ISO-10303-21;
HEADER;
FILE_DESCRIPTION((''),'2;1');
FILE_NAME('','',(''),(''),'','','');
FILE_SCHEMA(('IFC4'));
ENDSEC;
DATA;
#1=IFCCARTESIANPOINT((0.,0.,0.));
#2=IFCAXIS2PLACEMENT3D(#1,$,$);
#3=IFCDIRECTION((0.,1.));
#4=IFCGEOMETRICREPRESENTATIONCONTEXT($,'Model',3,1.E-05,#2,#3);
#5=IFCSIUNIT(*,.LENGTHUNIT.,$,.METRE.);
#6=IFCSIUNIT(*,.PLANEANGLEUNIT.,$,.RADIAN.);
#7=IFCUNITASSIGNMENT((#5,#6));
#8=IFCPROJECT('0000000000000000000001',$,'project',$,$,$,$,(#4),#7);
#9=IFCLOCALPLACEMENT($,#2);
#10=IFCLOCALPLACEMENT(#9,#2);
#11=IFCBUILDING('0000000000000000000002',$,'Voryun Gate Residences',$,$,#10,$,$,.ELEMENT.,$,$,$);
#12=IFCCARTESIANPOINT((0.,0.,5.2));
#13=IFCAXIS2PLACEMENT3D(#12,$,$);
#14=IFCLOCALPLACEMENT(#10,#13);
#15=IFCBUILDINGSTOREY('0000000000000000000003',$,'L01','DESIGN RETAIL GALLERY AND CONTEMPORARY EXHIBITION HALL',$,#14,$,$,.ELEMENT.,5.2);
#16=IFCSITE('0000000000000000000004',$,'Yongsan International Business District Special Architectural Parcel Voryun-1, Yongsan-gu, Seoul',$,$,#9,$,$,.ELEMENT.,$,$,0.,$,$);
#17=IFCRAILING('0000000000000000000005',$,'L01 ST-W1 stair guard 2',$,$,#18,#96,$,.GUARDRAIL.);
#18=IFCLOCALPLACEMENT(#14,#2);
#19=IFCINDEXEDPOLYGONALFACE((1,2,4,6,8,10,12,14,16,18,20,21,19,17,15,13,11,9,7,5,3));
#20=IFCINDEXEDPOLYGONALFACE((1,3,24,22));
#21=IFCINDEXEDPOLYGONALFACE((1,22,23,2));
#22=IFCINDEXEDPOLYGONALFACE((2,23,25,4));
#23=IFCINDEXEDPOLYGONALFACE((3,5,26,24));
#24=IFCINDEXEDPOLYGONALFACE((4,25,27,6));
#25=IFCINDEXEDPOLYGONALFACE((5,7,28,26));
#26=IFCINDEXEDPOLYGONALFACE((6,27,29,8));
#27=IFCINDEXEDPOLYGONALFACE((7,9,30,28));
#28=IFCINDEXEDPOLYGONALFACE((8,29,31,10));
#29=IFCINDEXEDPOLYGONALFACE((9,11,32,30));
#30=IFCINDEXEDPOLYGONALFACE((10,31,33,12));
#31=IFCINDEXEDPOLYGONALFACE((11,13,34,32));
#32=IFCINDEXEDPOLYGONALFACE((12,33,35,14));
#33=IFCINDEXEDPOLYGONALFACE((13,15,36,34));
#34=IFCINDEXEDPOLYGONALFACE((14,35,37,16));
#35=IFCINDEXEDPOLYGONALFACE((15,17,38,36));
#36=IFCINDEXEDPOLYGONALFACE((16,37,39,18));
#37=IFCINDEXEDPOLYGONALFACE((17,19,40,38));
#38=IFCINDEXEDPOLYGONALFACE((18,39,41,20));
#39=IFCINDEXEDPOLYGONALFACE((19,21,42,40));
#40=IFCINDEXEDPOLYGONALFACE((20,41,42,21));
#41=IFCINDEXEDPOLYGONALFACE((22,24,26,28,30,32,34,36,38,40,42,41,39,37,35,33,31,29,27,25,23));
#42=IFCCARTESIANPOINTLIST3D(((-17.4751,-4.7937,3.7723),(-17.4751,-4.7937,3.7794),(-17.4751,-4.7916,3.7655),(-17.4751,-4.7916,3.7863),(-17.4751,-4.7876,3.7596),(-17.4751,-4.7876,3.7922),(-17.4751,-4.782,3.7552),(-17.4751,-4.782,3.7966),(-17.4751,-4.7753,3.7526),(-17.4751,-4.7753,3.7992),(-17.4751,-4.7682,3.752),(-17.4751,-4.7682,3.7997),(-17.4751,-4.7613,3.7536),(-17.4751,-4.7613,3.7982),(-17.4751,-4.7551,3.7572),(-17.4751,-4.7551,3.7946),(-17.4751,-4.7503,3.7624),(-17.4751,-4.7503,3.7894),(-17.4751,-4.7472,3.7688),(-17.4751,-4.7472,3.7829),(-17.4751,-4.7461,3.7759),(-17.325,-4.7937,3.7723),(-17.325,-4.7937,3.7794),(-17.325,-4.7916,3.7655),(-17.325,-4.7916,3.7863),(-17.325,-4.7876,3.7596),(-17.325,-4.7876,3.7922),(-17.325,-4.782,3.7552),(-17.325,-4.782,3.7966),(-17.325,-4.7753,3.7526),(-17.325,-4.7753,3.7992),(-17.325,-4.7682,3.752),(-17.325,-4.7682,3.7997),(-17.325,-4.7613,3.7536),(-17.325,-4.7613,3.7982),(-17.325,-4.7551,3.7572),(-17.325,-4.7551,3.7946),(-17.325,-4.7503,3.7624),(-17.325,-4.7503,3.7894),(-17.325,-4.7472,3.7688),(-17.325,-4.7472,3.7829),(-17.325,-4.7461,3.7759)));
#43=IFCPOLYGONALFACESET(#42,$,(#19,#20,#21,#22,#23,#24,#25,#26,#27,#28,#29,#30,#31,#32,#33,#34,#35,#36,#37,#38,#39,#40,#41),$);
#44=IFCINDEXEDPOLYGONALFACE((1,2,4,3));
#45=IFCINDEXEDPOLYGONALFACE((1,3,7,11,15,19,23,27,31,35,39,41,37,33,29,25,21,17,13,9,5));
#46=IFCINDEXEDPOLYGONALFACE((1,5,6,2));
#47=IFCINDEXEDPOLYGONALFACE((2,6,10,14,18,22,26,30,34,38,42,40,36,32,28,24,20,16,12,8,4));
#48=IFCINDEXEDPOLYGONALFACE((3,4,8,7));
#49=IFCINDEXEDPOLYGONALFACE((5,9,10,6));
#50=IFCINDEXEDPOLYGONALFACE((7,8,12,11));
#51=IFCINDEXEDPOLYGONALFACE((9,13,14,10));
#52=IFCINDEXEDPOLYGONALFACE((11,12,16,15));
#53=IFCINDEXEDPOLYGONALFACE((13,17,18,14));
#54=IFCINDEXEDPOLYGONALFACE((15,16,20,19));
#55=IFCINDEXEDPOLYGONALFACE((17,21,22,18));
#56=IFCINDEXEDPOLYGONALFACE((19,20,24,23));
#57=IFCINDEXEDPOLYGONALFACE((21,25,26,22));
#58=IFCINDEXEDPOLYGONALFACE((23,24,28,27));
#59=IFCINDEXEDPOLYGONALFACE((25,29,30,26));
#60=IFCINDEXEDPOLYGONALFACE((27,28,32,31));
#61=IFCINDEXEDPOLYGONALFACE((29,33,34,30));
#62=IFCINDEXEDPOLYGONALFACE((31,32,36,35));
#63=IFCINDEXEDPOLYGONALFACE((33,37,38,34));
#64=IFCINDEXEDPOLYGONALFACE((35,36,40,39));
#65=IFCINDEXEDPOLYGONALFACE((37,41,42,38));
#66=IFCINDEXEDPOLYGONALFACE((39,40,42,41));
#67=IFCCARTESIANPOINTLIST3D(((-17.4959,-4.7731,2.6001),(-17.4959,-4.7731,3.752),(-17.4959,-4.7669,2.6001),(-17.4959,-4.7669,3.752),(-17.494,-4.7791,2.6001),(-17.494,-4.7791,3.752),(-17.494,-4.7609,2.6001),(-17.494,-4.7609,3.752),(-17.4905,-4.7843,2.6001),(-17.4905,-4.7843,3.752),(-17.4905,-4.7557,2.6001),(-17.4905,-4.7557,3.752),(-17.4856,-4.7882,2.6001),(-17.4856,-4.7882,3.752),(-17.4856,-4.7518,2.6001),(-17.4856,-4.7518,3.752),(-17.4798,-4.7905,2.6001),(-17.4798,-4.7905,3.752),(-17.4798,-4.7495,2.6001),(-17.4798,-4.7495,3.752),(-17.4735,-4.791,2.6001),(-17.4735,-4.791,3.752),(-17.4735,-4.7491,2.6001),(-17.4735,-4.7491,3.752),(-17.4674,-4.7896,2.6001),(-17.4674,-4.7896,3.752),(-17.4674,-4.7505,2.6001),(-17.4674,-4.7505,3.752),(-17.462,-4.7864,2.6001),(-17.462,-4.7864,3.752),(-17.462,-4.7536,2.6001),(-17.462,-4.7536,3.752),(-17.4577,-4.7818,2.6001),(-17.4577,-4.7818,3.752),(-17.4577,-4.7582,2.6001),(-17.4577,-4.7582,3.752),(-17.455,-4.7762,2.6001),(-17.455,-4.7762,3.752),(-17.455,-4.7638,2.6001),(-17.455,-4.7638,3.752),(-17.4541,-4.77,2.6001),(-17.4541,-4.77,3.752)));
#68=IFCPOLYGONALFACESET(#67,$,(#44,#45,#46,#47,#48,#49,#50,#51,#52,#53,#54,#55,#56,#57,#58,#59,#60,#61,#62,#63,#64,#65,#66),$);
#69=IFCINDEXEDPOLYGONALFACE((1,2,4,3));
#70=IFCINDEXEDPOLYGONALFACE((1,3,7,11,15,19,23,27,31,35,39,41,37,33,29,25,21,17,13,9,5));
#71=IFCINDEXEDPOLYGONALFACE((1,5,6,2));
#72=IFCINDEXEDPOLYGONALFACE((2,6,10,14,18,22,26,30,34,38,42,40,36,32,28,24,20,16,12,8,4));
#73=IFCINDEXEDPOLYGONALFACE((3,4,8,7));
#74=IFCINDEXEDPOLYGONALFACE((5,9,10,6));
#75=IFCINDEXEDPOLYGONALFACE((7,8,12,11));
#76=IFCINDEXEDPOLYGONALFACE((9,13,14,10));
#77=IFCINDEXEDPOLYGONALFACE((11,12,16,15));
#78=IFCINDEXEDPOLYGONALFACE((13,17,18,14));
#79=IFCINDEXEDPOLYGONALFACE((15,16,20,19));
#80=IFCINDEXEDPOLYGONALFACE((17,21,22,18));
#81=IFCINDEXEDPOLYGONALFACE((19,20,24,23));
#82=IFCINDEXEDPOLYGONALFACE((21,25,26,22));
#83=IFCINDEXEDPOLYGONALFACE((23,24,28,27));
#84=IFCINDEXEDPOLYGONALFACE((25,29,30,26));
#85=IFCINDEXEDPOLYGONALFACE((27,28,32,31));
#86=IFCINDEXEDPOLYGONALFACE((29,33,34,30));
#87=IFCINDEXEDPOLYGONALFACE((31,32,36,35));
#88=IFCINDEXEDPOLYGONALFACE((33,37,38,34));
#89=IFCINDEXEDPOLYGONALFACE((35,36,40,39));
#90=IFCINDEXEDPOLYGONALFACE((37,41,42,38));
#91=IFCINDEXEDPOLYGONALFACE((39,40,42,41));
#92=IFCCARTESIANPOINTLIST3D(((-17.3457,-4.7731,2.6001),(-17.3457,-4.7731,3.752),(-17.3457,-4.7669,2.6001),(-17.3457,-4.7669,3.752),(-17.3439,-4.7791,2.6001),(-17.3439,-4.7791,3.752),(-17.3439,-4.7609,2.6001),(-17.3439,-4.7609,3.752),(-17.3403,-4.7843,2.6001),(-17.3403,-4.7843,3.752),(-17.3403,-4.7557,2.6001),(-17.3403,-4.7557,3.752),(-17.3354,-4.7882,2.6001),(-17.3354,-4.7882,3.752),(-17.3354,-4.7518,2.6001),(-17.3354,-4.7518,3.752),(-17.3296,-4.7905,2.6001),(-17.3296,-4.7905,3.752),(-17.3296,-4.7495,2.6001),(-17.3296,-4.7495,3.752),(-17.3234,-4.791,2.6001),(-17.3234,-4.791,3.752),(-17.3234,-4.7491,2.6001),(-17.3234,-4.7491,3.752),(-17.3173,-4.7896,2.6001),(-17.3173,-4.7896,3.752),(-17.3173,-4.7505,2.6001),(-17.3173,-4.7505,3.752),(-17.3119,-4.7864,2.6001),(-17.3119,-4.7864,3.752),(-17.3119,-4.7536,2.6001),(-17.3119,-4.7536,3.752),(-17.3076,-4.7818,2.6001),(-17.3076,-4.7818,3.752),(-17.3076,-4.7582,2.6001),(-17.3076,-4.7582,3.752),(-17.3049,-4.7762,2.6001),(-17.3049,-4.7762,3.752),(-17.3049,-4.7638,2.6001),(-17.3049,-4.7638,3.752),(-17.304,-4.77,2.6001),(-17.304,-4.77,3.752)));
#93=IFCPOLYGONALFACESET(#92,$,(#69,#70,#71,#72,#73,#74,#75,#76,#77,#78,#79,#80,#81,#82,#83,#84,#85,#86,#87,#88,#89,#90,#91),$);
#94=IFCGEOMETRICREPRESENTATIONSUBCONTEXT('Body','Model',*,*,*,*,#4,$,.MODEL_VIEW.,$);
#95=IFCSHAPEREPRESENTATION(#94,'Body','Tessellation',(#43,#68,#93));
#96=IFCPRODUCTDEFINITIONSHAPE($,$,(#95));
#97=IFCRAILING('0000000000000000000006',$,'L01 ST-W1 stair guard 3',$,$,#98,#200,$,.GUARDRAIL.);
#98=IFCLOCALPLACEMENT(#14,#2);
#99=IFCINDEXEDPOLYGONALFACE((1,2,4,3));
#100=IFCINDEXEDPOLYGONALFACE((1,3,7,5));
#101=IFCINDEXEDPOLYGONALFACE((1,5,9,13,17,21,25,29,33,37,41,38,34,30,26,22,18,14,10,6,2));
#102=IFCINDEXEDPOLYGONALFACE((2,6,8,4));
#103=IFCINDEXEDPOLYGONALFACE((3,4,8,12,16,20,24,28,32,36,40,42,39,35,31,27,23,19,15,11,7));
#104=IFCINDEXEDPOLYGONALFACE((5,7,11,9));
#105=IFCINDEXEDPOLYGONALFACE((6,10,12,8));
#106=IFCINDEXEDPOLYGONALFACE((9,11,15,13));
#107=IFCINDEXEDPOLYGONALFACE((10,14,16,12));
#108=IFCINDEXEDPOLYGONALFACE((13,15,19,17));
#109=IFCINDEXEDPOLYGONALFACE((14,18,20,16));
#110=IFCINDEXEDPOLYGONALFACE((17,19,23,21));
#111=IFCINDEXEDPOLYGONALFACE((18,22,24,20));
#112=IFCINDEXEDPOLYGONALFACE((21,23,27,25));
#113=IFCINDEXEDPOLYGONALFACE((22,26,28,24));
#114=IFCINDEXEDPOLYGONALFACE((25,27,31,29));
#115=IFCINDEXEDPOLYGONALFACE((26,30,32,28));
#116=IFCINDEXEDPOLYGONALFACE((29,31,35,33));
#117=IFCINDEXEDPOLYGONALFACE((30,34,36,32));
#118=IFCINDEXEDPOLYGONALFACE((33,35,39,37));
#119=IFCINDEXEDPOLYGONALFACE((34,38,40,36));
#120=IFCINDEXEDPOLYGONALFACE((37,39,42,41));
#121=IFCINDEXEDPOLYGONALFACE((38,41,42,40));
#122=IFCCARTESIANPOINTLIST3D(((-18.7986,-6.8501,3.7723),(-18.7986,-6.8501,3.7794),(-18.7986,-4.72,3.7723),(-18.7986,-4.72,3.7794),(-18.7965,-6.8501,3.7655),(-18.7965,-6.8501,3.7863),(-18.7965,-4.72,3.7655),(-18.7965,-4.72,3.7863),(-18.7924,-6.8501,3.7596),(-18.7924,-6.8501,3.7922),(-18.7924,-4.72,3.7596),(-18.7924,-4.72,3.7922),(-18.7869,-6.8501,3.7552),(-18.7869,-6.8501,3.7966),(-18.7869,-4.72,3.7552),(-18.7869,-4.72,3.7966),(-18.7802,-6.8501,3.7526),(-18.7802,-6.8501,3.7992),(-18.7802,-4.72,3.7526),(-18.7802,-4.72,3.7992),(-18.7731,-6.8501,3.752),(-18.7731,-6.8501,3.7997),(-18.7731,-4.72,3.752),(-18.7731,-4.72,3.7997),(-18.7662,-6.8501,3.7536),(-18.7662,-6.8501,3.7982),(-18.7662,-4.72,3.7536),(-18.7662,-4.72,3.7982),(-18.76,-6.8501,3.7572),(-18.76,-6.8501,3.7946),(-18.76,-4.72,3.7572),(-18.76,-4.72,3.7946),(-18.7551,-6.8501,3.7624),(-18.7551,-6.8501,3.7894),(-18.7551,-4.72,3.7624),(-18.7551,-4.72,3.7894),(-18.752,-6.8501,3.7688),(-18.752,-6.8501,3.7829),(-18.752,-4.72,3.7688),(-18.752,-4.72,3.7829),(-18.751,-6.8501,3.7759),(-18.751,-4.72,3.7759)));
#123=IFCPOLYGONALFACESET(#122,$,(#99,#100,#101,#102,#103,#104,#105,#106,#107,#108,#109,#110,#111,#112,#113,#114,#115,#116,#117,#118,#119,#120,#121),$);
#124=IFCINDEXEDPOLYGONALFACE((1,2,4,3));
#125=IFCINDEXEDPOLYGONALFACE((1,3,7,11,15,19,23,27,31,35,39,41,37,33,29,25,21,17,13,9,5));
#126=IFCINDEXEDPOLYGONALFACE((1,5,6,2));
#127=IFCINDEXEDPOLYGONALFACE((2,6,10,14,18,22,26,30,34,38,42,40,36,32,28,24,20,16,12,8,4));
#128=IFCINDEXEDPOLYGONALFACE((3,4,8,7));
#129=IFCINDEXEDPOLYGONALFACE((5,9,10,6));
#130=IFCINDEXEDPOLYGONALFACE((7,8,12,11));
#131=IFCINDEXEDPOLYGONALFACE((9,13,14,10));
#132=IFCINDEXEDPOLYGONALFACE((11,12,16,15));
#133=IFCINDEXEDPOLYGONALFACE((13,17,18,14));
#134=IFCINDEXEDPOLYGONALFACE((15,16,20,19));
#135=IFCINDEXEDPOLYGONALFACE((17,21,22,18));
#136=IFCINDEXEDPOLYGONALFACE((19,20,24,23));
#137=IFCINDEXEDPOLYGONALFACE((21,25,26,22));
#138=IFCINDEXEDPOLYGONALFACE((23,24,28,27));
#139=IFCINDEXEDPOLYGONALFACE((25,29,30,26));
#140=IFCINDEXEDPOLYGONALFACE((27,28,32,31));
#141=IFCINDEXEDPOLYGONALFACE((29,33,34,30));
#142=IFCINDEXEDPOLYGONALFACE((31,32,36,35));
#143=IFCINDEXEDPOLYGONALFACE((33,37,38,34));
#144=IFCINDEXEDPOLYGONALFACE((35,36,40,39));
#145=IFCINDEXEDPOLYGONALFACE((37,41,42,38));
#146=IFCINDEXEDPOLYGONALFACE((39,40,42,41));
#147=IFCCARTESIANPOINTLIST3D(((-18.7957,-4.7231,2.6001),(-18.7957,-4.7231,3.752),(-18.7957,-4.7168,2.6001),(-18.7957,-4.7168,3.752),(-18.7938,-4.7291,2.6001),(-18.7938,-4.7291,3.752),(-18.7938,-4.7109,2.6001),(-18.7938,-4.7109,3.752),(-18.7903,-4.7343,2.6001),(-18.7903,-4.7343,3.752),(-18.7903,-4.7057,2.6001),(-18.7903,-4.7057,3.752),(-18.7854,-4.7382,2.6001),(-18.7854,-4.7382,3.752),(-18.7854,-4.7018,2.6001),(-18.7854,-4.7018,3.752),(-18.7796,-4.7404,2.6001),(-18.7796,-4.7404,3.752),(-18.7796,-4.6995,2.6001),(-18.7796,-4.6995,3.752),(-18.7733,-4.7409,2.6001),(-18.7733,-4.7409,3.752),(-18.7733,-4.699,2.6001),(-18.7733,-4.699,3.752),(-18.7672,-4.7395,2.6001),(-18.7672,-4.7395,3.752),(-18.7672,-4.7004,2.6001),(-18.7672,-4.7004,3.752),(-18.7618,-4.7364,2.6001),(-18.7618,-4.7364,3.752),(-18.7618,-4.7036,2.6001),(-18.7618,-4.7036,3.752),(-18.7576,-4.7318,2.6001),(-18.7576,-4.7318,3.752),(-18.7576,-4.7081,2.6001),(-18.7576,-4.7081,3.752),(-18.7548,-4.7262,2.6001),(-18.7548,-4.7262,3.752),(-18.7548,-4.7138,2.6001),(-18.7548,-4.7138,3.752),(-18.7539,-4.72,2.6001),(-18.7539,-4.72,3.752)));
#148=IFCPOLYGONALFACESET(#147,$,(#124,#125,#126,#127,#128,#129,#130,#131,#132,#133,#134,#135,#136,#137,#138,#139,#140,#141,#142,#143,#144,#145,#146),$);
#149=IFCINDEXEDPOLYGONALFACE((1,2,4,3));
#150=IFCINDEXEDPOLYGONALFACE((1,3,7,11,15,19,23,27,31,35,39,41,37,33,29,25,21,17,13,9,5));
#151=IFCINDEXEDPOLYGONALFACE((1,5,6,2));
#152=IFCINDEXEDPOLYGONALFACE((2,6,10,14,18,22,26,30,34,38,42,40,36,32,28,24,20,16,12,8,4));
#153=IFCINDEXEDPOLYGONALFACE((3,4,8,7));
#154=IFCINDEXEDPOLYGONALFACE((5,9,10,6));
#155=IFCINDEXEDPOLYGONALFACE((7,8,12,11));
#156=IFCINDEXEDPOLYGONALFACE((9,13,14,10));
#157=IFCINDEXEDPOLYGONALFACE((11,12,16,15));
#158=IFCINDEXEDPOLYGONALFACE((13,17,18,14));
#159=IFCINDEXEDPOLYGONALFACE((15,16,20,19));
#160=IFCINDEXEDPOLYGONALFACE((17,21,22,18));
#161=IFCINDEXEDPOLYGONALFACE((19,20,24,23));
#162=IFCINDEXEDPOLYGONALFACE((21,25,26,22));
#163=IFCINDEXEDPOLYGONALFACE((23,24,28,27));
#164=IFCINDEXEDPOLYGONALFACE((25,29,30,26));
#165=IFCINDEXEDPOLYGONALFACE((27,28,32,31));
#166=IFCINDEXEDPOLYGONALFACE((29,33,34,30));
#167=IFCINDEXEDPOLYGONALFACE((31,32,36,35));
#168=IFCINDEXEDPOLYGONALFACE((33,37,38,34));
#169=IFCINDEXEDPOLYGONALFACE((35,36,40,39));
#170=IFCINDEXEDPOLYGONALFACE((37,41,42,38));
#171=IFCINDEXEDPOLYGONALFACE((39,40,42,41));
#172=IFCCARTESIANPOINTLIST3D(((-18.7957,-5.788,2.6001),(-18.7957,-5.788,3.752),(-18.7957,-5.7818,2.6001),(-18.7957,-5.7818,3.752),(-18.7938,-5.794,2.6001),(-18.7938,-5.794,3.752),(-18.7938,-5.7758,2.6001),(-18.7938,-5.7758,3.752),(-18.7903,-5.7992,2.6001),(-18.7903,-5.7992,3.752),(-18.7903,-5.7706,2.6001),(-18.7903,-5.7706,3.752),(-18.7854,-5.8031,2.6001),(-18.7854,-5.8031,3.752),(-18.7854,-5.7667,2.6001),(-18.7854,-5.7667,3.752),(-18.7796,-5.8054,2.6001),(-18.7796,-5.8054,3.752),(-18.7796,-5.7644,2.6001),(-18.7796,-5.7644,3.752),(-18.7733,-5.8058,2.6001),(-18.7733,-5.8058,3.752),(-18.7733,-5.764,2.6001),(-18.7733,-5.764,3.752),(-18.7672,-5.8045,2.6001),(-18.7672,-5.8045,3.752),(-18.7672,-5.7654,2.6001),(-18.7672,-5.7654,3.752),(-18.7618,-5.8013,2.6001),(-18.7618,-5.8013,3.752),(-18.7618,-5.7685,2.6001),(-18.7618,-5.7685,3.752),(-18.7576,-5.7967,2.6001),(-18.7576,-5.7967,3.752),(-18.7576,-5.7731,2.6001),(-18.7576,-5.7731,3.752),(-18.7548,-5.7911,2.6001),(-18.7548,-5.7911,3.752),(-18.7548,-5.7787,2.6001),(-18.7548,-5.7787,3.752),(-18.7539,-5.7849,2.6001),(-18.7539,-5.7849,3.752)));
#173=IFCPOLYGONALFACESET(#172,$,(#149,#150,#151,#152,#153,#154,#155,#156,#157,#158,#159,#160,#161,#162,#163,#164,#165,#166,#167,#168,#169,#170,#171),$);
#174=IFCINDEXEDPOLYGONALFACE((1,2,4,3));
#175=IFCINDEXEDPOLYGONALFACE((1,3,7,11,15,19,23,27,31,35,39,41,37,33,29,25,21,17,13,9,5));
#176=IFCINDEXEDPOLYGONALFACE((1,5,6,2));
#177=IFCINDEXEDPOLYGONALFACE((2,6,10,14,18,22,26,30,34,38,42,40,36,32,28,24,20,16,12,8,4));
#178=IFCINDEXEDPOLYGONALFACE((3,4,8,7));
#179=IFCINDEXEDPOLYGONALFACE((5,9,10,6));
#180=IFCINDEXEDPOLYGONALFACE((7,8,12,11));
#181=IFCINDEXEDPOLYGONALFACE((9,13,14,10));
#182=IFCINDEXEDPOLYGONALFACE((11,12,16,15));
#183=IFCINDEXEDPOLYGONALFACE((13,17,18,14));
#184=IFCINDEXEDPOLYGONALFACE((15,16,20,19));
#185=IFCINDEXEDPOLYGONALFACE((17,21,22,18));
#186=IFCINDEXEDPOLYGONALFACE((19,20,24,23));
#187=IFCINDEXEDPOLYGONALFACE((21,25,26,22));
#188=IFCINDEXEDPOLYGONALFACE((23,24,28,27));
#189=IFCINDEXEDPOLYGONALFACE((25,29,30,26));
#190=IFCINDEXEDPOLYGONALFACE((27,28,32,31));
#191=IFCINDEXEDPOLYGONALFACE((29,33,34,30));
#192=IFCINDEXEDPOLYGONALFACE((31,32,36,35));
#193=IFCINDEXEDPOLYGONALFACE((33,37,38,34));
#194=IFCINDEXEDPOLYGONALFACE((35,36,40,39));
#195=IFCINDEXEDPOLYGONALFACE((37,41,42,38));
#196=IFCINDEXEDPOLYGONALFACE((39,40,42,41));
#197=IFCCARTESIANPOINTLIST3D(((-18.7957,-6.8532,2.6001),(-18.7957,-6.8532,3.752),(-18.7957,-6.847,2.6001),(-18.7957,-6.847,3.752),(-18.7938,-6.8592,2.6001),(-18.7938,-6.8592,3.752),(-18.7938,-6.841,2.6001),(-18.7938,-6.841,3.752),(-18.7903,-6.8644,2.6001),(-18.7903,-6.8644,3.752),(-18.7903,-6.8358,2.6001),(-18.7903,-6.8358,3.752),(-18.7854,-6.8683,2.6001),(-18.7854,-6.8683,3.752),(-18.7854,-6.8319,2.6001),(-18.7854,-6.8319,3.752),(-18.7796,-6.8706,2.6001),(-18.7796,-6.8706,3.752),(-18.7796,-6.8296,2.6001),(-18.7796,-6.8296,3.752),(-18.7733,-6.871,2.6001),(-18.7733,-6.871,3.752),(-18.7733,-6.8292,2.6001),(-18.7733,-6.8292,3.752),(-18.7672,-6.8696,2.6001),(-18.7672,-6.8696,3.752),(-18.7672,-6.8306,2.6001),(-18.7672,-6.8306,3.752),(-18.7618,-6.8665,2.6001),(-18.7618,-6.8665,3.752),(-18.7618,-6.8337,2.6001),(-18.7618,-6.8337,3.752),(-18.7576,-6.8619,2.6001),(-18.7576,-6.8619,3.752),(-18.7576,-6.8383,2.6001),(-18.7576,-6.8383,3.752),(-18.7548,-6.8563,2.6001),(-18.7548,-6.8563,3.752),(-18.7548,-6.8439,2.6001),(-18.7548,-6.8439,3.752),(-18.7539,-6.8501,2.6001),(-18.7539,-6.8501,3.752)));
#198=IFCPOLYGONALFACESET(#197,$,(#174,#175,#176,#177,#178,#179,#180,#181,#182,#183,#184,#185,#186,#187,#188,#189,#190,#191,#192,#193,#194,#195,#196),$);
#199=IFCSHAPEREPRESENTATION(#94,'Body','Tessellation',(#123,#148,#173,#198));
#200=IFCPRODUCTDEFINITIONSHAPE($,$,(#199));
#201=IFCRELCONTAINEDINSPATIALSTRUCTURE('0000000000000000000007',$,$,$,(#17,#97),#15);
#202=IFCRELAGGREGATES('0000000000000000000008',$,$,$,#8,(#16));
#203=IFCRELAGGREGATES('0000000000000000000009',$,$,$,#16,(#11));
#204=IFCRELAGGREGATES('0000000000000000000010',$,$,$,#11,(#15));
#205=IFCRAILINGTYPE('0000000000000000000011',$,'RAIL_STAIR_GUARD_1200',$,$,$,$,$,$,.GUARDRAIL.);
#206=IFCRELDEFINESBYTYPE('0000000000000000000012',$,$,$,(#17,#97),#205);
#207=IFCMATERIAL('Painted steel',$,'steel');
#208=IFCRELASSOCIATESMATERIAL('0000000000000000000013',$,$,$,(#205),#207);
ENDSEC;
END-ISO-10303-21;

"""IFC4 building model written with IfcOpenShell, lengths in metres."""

from ifc_helpers import new_model, si_unit, direction, frame, origin, origin_2d, place, context, subcontext, project, spatial, circle, extrude, material, type_object, element, save


model = new_model("IFC4")

# Units and contexts
model_context = context("Model", 3, precision=1e-05, world=origin(), true_north=direction((0.0, 1.0)))
body_context = subcontext(model_context, "Body", "Model", "MODEL_VIEW")
ifc_project = project(units=[si_unit("LENGTHUNIT", "METRE"), si_unit("PLANEANGLEUNIT", "RADIAN")], contexts=[model_context])

# Site, building, storey
site_placement = place(None, origin())
site = spatial("IfcSite", under=ifc_project, at=site_placement, Name="Yongsan International Business District Special Architectural Parcel Voryun-1, Yongsan-gu, Seoul", CompositionType="ELEMENT", RefElevation=0.0)
building_placement = place(site_placement, origin())
building = spatial("IfcBuilding", under=site, at=building_placement, Name="Voryun Gate Residences", CompositionType="ELEMENT")
storey_placement = place(building_placement, frame((0.0, 0.0, 5.2)))
storey = spatial("IfcBuildingStorey", under=building, at=storey_placement, Name="L01", Description="DESIGN RETAIL GALLERY AND CONTEMPORARY EXHIBITION HALL", CompositionType="ELEMENT", Elevation=5.2)

# Railings
ifc_material_1 = material(Name="Painted steel", Category="steel")
railing_type_1 = type_object("IfcRailingType", Name="RAIL_STAIR_GUARD_1200", PredefinedType="GUARDRAIL", material=ifc_material_1)
railing_1_placement = place(storey_placement, frame((-17.4751, -4.77, 2.6001)))
element("IfcRailing", 1, at=railing_1_placement, inside=storey, type_object=railing_type_1, Name="L01 ST-W1 stair guard 2", PredefinedType="GUARDRAIL", context=body_context, shape_type="SweptSolid", body=[
    extrude(circle(Radius=0.0239, at=origin_2d()), frame((0.0, 0.0, 1.1758), z_axis=(1.0, 0.0, 0.0), x_axis=(0.0, 1.0, 0.0)), (0.0, 0.0, 1.0), 0.1501),
    extrude(circle(Radius=0.021, at=origin_2d()), origin(), (0.0, 0.0, 1.0), 1.1519),
    extrude(circle(Radius=0.021, at=origin_2d()), frame((0.1501, 0.0, 0.0)), (0.0, 0.0, 1.0), 1.1519),
])
for number, where, name in (
    (2, (-18.7749, -4.72, 2.6001), "L01 ST-W1 stair guard 3"),
):
    element("IfcRailing", number, at=place(storey_placement, frame(where)), inside=storey, type_object=railing_type_1, Name=name, PredefinedType="GUARDRAIL", context=body_context, shape_type="SweptSolid", body=[
        extrude(circle(Radius=0.0239, at=origin_2d()), frame((0.0, 0.0, 1.1758), z_axis=(0.0, -1.0, 0.0), x_axis=(1.0, 0.0, 0.0)), (0.0, 0.0, 1.0), 2.1301),
        extrude(circle(Radius=0.021, at=origin_2d()), origin(), (0.0, 0.0, 1.0), 1.1519),
        extrude(circle(Radius=0.021, at=origin_2d()), frame((0.0, -1.0649, 0.0)), (0.0, 0.0, 1.0), 1.1519),
        extrude(circle(Radius=0.021, at=origin_2d()), frame((0.0, -2.1301, 0.0)), (0.0, 0.0, 1.0), 1.1519),
    ])

save(model, "model.ifc")
